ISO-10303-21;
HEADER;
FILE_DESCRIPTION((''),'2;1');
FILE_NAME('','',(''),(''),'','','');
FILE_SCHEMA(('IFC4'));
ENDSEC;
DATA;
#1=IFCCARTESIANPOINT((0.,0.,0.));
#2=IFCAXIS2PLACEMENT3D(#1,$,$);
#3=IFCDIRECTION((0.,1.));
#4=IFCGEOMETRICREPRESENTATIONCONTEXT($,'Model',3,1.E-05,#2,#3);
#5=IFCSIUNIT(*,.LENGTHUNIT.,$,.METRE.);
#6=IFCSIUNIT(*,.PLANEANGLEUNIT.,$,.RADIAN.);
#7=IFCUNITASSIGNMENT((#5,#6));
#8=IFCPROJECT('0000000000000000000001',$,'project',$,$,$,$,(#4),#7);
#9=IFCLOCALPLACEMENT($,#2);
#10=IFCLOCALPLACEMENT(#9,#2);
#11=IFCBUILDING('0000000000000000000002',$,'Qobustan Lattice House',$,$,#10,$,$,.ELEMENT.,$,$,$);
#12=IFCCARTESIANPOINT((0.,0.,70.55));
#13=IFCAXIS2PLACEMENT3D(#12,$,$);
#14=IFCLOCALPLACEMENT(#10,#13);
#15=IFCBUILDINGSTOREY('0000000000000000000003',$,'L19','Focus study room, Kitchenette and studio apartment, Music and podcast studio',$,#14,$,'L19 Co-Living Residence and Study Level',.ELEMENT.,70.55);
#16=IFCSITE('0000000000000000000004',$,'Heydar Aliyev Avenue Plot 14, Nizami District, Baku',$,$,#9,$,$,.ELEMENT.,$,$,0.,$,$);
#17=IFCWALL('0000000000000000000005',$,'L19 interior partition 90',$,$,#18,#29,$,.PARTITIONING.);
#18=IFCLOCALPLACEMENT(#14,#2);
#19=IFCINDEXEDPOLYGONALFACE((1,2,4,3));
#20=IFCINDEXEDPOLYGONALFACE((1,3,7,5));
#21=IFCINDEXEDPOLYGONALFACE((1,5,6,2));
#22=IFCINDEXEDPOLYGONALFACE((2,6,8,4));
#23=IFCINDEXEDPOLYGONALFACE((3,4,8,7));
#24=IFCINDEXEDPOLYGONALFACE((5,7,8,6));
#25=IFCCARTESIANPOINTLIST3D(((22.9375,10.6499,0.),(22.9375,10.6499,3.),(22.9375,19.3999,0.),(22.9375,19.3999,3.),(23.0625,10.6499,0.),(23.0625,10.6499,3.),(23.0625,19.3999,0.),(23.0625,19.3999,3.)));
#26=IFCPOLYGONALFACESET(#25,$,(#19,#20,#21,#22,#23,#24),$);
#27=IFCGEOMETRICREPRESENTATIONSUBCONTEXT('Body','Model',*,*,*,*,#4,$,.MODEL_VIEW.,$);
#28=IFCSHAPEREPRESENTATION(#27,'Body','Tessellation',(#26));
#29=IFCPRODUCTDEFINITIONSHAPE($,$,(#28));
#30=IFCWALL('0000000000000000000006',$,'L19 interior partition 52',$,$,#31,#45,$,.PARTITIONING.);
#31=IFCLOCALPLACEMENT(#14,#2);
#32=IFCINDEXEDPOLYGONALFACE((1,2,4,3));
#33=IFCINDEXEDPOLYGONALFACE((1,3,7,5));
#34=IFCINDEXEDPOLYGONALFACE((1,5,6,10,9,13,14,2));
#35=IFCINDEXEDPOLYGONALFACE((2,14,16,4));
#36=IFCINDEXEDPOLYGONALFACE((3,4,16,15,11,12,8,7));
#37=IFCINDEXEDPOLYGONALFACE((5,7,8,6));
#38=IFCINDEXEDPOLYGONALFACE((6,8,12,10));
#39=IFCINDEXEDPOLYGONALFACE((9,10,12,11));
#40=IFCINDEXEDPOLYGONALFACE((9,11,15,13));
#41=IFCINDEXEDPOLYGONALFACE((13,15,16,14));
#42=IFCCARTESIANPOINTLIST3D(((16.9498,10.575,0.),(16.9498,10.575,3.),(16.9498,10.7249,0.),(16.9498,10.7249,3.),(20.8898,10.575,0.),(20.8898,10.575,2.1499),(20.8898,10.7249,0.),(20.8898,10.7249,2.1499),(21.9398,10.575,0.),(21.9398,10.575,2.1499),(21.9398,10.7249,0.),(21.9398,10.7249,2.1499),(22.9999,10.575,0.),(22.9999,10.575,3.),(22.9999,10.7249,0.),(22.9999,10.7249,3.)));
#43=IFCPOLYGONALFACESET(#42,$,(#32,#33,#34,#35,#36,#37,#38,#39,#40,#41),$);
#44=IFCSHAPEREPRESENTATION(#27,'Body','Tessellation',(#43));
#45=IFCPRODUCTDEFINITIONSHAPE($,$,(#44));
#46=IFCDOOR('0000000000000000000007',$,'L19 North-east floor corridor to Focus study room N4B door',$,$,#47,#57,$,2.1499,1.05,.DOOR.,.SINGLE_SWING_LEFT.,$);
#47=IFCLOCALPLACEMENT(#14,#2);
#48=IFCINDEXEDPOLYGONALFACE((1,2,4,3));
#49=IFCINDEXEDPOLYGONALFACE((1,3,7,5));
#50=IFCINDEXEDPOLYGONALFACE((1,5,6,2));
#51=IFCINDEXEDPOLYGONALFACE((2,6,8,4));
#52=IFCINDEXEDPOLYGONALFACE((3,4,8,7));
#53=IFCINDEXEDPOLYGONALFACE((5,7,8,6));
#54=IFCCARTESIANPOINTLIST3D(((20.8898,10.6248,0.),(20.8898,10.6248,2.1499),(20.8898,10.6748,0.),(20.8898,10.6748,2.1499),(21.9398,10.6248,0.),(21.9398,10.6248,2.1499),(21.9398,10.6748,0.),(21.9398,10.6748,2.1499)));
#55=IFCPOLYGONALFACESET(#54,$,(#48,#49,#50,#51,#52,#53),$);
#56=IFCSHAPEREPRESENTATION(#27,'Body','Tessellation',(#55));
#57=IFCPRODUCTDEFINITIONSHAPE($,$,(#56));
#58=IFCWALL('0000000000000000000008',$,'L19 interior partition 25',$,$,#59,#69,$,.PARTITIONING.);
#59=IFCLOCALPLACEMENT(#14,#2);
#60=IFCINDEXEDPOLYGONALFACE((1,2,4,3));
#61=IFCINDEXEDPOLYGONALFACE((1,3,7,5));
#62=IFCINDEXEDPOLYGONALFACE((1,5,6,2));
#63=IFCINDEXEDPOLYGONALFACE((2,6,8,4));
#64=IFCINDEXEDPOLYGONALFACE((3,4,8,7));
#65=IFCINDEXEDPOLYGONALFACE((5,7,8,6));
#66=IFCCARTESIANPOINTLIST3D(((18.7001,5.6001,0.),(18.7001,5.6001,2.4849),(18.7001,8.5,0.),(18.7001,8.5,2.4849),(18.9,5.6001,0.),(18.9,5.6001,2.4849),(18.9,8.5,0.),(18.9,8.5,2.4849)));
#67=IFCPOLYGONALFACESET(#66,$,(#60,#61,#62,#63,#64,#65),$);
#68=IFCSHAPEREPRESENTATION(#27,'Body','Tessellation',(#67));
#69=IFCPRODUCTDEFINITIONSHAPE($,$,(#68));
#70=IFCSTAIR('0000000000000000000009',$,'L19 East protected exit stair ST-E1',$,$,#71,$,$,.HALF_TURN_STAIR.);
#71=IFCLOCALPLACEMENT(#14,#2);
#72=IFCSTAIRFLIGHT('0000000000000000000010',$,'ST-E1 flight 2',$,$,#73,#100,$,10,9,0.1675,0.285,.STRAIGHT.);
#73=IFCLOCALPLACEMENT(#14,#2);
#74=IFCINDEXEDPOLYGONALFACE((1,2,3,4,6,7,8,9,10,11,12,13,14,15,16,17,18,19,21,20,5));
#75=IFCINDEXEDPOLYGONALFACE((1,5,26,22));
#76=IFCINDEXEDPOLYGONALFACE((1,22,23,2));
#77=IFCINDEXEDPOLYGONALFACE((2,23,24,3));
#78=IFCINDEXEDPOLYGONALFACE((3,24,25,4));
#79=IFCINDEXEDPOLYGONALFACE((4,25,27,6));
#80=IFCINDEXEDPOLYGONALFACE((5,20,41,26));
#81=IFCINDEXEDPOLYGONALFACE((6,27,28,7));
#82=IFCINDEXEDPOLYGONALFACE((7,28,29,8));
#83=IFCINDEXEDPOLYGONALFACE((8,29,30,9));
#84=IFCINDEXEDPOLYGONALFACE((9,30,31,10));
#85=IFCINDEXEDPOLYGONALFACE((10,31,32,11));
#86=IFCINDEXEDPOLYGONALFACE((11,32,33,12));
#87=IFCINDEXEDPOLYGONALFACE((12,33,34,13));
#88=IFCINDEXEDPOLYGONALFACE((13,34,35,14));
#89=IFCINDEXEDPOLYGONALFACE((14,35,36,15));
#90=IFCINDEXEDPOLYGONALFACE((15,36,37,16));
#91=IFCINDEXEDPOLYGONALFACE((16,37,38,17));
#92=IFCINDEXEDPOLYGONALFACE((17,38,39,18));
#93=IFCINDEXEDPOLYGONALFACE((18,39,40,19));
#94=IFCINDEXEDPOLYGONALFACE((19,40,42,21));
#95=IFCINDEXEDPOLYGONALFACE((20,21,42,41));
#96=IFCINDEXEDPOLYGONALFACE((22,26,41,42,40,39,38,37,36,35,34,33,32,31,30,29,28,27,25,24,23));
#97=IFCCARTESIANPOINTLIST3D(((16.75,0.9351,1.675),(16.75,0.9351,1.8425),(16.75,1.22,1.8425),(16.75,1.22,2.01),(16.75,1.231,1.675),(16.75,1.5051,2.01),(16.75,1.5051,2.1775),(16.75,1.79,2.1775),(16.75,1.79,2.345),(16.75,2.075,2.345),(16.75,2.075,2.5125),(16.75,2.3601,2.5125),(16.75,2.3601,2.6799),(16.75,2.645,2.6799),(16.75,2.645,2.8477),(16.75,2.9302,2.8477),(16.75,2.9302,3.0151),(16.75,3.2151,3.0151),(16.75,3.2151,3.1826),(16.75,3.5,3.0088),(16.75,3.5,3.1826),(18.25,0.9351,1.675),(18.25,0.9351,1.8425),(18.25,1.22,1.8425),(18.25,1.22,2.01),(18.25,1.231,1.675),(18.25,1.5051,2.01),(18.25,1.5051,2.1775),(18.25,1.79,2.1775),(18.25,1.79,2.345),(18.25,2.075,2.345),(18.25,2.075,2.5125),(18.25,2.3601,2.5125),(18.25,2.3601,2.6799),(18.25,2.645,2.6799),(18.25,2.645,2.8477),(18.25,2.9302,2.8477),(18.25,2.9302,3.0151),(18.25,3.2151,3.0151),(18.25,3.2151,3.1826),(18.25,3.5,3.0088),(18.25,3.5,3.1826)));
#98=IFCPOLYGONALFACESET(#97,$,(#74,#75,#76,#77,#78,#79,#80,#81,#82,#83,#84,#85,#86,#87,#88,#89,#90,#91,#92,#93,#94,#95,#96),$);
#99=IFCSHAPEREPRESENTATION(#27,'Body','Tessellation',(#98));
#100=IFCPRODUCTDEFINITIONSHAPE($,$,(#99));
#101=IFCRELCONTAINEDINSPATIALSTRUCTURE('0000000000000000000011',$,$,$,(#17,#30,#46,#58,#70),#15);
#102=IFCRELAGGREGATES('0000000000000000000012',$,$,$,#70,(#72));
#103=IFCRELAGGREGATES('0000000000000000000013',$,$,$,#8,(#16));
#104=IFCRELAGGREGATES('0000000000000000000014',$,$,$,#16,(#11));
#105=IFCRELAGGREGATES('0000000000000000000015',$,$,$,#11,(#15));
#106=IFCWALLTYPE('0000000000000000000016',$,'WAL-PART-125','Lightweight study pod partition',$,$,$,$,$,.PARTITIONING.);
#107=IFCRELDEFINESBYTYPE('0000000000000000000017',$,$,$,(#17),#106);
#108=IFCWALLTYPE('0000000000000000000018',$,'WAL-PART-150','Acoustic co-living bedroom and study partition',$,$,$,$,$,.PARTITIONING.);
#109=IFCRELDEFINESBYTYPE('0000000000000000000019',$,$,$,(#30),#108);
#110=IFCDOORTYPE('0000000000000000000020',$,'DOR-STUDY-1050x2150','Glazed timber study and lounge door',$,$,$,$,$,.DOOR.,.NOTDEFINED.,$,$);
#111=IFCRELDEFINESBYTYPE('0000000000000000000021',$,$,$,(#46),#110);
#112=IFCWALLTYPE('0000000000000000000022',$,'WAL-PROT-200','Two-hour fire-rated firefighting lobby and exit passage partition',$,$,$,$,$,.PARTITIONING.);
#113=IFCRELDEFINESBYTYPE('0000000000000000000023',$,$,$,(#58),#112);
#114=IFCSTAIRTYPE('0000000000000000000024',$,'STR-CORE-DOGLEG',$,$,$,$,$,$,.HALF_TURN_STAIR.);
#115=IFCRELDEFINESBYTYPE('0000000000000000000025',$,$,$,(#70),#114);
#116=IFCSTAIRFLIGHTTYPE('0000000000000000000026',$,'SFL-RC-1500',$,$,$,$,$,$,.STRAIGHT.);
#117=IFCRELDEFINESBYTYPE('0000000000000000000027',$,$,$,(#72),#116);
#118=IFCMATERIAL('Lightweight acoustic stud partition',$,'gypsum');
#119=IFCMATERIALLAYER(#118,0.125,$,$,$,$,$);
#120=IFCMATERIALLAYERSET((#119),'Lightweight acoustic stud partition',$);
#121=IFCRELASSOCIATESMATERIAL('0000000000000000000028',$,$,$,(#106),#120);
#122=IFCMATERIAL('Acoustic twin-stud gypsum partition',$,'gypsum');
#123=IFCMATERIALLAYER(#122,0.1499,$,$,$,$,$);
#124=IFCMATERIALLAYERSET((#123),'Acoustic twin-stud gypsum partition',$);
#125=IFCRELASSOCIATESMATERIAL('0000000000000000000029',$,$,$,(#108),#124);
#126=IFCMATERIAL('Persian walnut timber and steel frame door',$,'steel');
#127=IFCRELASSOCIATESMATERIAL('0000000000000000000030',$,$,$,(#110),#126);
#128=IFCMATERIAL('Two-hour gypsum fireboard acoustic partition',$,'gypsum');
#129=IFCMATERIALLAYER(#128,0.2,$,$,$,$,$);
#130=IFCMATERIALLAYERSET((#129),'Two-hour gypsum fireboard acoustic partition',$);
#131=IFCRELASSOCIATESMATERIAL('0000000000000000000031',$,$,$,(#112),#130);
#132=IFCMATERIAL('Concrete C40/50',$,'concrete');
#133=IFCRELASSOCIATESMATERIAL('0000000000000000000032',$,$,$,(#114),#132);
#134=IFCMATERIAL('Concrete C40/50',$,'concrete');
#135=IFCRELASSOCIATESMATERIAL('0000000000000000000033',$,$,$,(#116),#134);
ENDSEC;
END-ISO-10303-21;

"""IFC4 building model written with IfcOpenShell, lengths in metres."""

from ifc_helpers import new_model, si_unit, direction, frame, frame_2d, origin, place, context, subcontext, project, spatial, polyline, rectangle, outline, extrude, material, layer, layer_set, type_object, element, fill, aggregate, save


model = new_model("IFC4")

# Units and contexts
model_context = context("Model", 3, precision=1e-05, world=origin(), true_north=direction((0.0, 1.0)))
body_context = subcontext(model_context, "Body", "Model", "MODEL_VIEW")
ifc_project = project(units=[si_unit("LENGTHUNIT", "METRE"), si_unit("PLANEANGLEUNIT", "RADIAN")], contexts=[model_context])

# Site, building, storey
site_placement = place(None, origin())
site = spatial("IfcSite", under=ifc_project, at=site_placement, Name="Heydar Aliyev Avenue Plot 14, Nizami District, Baku", CompositionType="ELEMENT", RefElevation=0.0)
building_placement = place(site_placement, origin())
building = spatial("IfcBuilding", under=site, at=building_placement, Name="Qobustan Lattice House", CompositionType="ELEMENT")
storey_placement = place(building_placement, frame((0.0, 0.0, 70.55)))
storey = spatial("IfcBuildingStorey", under=building, at=storey_placement, Name="L19", Description="Focus study room, Kitchenette and studio apartment, Music and podcast studio", LongName="L19 Co-Living Residence and Study Level", CompositionType="ELEMENT", Elevation=70.55)

# Shared definitions
ifc_material_1 = material(Name="Lightweight acoustic stud partition", Category="gypsum")
ifc_layer_1 = layer(ifc_material_1, 0.125)
ifc_layer_set_1 = layer_set([ifc_layer_1], Name="Lightweight acoustic stud partition")
wall_type_1 = type_object("IfcWallType", Name="WAL-PART-125", Description="Lightweight study pod partition", PredefinedType="PARTITIONING", material=ifc_layer_set_1)

# Wall
wall_1_placement = place(storey_placement, frame((23.0, 10.6499, 0.0), z_axis=(0.0, 0.0, 1.0), x_axis=(0.0, 1.0, 0.0)))
element("IfcWall", 1, at=wall_1_placement, inside=storey, type_object=wall_type_1, Name="L19 interior partition 90", PredefinedType="PARTITIONING", context=body_context, shape_type="SweptSolid", body=[
    extrude(rectangle(XDim=8.75, YDim=0.125, at=frame_2d((4.375, 0.0))), origin(), (0.0, 0.0, 1.0), 3.0),
])

# Wall, opening, door
ifc_material_2 = material(Name="Acoustic twin-stud gypsum partition", Category="gypsum")
ifc_layer_2 = layer(ifc_material_2, 0.1499)
ifc_layer_set_2 = layer_set([ifc_layer_2], Name="Acoustic twin-stud gypsum partition")
wall_type_2 = type_object("IfcWallType", Name="WAL-PART-150", Description="Acoustic co-living bedroom and study partition", PredefinedType="PARTITIONING", material=ifc_layer_set_2)
wall_2_placement = place(storey_placement, frame((16.95, 10.6499, 0.0), z_axis=(0.0, 0.0, 1.0), x_axis=(1.0, 0.0, 0.0)))
wall_2 = element("IfcWall", 2, at=wall_2_placement, inside=storey, type_object=wall_type_2, Name="L19 interior partition 52", PredefinedType="PARTITIONING", context=body_context, shape_type="SweptSolid", body=[
    extrude(rectangle(XDim=6.05, YDim=0.1499, at=frame_2d((3.0249, 0.0))), origin(), (0.0, 0.0, 1.0), 3.0),
])
opening_1_placement = place(wall_2_placement, frame((3.9399, 0.0, 0.0)))
opening_1 = element("IfcOpeningElement", 3, at=opening_1_placement, cuts=wall_2, PredefinedType="OPENING", context=body_context, shape_type="SweptSolid", body=[
    extrude(rectangle(XDim=1.05, YDim=2.1499, at=frame_2d((0.5249, 1.075))), frame((0.0, 0.085, 0.0), z_axis=(0.0, -1.0, 0.0), x_axis=(1.0, 0.0, 0.0)), (0.0, 0.0, 1.0), 0.1699),
])
ifc_material_3 = material(Name="Persian walnut timber and steel frame door", Category="steel")
door_type_1 = type_object("IfcDoorType", Name="DOR-STUDY-1050x2150", Description="Glazed timber study and lounge door", OperationType="NOTDEFINED", PredefinedType="DOOR", material=ifc_material_3)
door_1_placement = place(opening_1_placement, origin())
door_1 = element("IfcDoor", 4, at=door_1_placement, inside=storey, type_object=door_type_1, Name="L19 North-east floor corridor to Focus study room N4B door", OperationType="SINGLE_SWING_LEFT", OverallHeight=2.1499, OverallWidth=1.05, PredefinedType="DOOR", context=body_context, shape_type="SweptSolid", body=[
    extrude(rectangle(XDim=1.05, YDim=2.1499, at=frame_2d((0.5249, 1.075))), frame((0.0, 0.0249, 0.0), z_axis=(0.0, -1.0, 0.0), x_axis=(1.0, 0.0, 0.0)), (0.0, 0.0, 1.0), 0.05),
])
fill(opening_1, door_1)
ifc_material_4 = material(Name="Two-hour gypsum fireboard acoustic partition", Category="gypsum")
ifc_layer_3 = layer(ifc_material_4, 0.2)
ifc_layer_set_3 = layer_set([ifc_layer_3], Name="Two-hour gypsum fireboard acoustic partition")
wall_type_3 = type_object("IfcWallType", Name="WAL-PROT-200", Description="Two-hour fire-rated firefighting lobby and exit passage partition", PredefinedType="PARTITIONING", material=ifc_layer_set_3)

# Wall
wall_3_placement = place(storey_placement, frame((18.8, 5.6001, 0.0), z_axis=(0.0, 0.0, 1.0), x_axis=(0.0, 1.0, 0.0)))
element("IfcWall", 5, at=wall_3_placement, inside=storey, type_object=wall_type_3, Name="L19 interior partition 25", PredefinedType="PARTITIONING", context=body_context, shape_type="SweptSolid", body=[
    extrude(rectangle(XDim=2.8999, YDim=0.2, at=frame_2d((1.45, 0.0))), origin(), (0.0, 0.0, 1.0), 2.4849),
])

# Stair, stair flight
ifc_material_5 = material(Name="Concrete C40/50", Category="concrete")
stair_type = type_object("IfcStairType", Name="STR-CORE-DOGLEG", PredefinedType="HALF_TURN_STAIR", material=ifc_material_5)
stair_placement = place(storey_placement, origin())
stair = element("IfcStair", 6, at=stair_placement, inside=storey, type_object=stair_type, Name="L19 East protected exit stair ST-E1", PredefinedType="HALF_TURN_STAIR")
ifc_material_6 = material(Name="Concrete C40/50", Category="concrete")
stair_flight_type = type_object("IfcStairFlightType", Name="SFL-RC-1500", PredefinedType="STRAIGHT", material=ifc_material_6)
stair_flight_placement = place(storey_placement, frame((17.5, 0.9351, 1.675), z_axis=(0.0, 0.0, 1.0), x_axis=(0.0, 1.0, 0.0)))
stair_flight = element("IfcStairFlight", 7, at=stair_flight_placement, type_object=stair_flight_type, Name="ST-E1 flight 2", NumberOfRisers=10, NumberOfTreads=9, PredefinedType="STRAIGHT", RiserHeight=0.1675, TreadLength=0.285, context=body_context, shape_type="SweptSolid", body=[
    extrude(outline(polyline([(0.0, 0.0), (0.0, 0.1675), (0.2849, 0.1675), (0.2849, 0.335), (0.5701, 0.335), (0.5701, 0.5024), (0.855, 0.5024), (0.855, 0.6699), (1.1399, 0.6699), (1.1399, 0.8374), (1.425, 0.8374), (1.425, 1.0049), (1.71, 1.0049), (1.71, 1.1726), (1.9951, 1.1726), (1.9951, 1.3401), (2.28, 1.3401), (2.28, 1.5076), (2.5649, 1.5076), (2.5649, 1.675), (2.5649, 1.3337), (0.2959, 0.0), (0.0, 0.0)])), frame((0.0, 0.75, 0.0), z_axis=(0.0, -1.0, 0.0), x_axis=(1.0, 0.0, 0.0)), (0.0, 0.0, 1.0), 1.5),
])
aggregate(stair, [stair_flight])

save(model, "model.ifc")
